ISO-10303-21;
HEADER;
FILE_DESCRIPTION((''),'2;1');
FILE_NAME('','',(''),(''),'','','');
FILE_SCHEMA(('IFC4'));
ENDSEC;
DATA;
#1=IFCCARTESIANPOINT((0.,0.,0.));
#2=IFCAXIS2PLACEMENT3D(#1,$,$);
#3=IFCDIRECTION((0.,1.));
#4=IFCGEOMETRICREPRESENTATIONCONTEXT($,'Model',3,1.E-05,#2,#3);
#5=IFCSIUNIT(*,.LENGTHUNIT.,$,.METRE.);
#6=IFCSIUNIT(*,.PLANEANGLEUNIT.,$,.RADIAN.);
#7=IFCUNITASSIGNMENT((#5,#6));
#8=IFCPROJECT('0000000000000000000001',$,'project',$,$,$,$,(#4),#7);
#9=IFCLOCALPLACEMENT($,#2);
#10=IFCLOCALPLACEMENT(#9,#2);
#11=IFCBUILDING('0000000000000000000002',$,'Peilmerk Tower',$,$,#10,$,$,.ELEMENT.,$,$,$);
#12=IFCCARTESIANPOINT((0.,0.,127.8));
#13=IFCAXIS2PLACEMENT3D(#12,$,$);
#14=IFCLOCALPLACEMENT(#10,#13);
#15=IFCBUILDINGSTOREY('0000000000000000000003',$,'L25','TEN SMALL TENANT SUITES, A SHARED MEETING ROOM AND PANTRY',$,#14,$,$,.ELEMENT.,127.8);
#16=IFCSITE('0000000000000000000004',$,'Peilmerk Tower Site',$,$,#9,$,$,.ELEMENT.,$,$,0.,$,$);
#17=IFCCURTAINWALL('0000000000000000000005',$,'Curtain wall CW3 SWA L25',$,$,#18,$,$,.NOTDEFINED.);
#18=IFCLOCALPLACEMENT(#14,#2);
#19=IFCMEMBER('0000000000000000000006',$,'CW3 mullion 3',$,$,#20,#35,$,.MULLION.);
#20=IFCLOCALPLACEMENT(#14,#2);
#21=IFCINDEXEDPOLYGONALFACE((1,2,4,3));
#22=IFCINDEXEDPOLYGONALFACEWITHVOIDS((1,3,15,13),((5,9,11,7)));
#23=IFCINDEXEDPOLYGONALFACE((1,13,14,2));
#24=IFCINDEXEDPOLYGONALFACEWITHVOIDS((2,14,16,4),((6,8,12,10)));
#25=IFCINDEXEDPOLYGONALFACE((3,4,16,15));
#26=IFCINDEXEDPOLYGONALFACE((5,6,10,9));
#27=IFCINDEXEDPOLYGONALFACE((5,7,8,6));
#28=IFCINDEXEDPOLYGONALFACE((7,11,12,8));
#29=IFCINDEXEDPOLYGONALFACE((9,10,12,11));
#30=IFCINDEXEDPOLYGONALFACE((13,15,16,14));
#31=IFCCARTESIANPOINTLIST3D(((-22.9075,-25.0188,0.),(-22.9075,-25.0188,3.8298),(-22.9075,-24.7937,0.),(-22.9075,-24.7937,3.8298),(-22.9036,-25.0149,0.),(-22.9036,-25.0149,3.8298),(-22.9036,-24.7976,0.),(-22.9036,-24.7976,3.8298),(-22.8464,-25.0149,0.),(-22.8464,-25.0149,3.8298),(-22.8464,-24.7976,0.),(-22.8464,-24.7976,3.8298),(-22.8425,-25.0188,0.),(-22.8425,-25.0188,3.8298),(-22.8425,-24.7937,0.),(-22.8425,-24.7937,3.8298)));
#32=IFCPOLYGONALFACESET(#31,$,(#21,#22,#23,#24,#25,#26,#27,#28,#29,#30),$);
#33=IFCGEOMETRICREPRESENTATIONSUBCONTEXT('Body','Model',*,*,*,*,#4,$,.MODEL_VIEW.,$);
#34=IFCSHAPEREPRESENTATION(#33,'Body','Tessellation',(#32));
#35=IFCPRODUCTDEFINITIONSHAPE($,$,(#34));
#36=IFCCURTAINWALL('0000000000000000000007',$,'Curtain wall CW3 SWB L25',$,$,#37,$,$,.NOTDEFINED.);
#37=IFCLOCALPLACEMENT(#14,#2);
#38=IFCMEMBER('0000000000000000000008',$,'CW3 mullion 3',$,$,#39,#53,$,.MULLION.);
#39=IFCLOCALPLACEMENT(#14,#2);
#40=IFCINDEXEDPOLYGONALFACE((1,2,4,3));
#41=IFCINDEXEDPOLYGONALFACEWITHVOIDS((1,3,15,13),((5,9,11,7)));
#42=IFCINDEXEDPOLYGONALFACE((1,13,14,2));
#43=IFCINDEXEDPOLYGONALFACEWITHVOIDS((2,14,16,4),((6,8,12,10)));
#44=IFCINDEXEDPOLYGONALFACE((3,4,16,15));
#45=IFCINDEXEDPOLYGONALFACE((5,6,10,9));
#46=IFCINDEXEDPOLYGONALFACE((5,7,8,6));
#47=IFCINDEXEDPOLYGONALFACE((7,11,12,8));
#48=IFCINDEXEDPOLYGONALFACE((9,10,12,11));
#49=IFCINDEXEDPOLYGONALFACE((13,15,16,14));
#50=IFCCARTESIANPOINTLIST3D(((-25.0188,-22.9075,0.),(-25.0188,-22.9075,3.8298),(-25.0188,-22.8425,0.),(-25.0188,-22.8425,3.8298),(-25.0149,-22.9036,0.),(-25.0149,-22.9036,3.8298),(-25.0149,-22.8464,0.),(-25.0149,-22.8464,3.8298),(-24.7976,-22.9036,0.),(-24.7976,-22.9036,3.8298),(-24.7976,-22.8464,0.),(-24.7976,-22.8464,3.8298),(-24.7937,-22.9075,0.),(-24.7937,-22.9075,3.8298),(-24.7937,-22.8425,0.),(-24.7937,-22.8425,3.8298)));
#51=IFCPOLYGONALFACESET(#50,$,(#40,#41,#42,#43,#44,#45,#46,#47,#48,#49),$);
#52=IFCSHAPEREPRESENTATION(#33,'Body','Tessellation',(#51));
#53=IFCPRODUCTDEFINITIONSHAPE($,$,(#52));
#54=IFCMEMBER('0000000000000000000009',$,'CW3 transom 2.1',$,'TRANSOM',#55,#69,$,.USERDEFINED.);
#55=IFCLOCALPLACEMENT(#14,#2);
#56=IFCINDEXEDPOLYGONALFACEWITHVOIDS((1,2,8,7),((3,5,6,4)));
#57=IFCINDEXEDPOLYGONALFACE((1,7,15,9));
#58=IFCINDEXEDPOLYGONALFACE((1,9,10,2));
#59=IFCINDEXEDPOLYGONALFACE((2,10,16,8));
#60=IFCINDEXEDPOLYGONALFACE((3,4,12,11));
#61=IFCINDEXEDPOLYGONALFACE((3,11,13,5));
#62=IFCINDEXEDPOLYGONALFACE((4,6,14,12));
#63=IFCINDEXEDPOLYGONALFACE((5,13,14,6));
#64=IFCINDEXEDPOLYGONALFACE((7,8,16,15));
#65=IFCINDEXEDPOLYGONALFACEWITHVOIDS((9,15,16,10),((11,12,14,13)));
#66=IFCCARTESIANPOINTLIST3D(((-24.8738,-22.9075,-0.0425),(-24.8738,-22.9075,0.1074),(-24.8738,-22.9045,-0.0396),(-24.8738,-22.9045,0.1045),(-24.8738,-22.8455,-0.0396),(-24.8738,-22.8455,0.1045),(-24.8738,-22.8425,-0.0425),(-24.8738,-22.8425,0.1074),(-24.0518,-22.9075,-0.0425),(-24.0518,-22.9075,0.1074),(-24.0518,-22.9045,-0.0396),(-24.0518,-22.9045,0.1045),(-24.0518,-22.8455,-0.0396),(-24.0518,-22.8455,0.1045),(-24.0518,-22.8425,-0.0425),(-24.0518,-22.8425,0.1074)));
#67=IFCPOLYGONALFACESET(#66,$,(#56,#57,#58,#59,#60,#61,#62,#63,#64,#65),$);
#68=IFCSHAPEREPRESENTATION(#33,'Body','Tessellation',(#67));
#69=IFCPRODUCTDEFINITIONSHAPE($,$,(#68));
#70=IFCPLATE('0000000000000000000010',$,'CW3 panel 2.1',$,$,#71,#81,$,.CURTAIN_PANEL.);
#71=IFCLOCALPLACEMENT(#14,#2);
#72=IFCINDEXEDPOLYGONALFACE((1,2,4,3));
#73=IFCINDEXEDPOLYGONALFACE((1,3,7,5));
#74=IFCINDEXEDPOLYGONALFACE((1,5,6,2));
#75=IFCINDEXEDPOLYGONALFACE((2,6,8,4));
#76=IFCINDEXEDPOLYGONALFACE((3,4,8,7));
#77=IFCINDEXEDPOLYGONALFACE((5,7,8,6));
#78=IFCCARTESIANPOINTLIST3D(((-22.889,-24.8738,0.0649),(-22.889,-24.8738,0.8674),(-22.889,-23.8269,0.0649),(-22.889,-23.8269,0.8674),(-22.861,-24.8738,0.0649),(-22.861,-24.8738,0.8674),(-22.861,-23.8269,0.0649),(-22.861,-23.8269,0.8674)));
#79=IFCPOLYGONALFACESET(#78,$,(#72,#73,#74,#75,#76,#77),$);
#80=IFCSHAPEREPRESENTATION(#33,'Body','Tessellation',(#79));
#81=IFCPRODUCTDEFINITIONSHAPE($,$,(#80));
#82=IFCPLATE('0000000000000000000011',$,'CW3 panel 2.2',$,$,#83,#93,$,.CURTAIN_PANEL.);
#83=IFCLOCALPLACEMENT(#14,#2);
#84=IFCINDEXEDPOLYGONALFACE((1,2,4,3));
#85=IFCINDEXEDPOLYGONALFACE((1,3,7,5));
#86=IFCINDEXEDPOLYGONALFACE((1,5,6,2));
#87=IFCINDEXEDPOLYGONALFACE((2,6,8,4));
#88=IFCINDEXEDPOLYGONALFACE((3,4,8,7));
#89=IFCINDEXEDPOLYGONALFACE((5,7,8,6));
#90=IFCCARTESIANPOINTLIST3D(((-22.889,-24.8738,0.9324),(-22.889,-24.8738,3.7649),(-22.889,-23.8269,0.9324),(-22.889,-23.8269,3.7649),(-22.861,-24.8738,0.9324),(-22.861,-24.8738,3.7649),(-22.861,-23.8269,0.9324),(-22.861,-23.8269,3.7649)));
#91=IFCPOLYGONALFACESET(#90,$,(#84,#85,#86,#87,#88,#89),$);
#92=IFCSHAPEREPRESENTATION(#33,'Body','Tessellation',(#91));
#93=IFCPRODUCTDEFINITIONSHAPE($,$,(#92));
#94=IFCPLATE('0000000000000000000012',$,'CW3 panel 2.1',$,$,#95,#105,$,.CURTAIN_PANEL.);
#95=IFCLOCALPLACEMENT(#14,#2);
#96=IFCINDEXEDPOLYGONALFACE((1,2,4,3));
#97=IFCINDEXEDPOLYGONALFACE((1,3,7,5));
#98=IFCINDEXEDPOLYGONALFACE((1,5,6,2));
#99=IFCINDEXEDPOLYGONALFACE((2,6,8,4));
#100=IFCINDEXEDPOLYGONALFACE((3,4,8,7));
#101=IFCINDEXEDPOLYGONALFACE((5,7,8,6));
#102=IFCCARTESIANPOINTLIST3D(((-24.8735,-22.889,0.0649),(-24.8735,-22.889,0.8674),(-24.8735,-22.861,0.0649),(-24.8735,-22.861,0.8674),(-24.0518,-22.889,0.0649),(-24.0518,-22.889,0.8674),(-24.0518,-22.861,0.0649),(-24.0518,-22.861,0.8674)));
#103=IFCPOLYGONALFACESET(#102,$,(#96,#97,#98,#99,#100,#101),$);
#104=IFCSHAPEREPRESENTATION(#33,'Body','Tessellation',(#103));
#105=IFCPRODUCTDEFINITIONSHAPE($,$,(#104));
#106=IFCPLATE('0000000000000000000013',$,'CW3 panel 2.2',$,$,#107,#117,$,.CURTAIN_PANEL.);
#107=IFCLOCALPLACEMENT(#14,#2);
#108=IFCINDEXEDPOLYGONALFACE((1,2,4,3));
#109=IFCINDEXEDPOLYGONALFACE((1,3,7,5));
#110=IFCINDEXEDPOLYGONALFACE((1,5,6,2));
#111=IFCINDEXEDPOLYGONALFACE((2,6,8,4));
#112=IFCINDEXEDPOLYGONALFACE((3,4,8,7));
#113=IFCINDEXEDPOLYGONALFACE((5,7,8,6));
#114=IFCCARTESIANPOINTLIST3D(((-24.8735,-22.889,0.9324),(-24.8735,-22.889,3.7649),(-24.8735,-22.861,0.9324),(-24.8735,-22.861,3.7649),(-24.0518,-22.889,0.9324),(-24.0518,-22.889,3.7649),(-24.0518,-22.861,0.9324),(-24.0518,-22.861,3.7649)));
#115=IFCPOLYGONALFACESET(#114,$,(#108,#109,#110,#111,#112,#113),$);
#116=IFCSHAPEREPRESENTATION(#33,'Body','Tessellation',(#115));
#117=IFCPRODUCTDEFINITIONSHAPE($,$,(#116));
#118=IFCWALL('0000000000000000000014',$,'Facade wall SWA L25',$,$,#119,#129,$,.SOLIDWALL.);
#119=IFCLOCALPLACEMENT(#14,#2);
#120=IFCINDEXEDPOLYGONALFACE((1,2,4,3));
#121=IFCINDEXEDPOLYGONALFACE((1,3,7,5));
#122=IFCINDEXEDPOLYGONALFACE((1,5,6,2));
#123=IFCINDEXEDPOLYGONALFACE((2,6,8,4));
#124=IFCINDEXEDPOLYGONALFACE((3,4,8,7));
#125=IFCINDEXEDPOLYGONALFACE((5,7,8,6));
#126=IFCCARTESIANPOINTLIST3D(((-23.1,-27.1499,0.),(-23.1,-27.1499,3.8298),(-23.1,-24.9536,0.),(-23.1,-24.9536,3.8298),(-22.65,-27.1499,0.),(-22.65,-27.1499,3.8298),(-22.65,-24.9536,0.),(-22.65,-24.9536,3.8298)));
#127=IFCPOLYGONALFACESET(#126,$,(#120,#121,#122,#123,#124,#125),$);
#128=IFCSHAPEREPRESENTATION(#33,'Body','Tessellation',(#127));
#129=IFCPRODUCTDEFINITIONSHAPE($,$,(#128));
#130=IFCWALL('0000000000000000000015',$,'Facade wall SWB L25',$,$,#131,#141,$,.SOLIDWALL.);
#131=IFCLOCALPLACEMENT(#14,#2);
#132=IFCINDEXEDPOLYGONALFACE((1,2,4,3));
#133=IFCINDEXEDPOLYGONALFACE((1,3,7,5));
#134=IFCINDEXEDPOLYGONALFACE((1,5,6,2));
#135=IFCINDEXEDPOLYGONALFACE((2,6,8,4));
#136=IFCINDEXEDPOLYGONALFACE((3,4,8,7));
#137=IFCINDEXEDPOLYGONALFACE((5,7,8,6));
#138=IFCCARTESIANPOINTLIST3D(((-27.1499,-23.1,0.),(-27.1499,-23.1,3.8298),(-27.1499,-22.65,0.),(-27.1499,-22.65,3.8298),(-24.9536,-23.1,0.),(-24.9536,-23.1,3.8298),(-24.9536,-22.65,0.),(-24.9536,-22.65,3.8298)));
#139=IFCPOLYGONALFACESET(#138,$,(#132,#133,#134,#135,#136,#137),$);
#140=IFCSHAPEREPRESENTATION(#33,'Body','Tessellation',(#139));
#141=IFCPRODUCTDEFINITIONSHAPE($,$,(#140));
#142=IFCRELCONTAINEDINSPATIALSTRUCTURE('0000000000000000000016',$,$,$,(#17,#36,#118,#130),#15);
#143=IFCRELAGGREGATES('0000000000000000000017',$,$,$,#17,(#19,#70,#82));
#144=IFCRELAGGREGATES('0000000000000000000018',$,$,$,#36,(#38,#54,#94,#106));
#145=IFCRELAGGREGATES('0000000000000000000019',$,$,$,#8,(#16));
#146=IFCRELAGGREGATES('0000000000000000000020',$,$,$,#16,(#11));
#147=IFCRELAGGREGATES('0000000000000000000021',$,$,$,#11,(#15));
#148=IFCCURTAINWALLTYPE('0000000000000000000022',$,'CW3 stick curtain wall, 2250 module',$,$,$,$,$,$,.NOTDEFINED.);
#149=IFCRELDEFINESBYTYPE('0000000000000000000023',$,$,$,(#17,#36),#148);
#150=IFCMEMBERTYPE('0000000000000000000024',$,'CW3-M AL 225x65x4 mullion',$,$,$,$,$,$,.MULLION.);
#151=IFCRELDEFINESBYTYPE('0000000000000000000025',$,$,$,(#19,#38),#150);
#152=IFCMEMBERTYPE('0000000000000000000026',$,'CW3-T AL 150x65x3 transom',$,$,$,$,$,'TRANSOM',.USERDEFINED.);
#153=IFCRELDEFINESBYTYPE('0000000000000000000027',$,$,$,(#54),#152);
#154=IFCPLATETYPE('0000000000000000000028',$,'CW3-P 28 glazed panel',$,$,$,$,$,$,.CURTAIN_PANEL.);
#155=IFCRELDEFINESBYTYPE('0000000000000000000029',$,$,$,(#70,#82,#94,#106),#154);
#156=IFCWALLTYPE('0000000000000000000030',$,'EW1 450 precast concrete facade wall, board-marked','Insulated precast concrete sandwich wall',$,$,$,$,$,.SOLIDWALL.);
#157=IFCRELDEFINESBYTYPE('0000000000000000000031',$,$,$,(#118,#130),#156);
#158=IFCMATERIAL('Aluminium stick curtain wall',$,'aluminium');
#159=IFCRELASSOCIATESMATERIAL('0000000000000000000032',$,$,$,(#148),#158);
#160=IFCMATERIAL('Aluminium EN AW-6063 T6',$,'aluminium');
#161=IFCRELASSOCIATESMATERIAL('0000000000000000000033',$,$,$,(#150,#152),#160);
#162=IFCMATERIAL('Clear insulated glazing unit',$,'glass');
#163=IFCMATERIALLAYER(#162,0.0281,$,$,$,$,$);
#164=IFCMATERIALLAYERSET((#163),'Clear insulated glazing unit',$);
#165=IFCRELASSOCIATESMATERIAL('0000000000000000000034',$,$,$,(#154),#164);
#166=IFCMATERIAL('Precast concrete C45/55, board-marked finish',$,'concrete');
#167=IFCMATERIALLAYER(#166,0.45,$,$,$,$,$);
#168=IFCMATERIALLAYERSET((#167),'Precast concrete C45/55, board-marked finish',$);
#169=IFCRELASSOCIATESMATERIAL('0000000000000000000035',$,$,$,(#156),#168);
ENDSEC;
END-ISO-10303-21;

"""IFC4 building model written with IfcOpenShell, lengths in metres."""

from ifc_helpers import new_model, si_unit, direction, frame, frame_2d, origin, origin_2d, place, context, subcontext, project, spatial, rectangle, hollow_rectangle, extrude, material, layer, layer_set, material_profile, profile_set, type_object, element, aggregate, save


model = new_model("IFC4")

# Units and contexts
model_context = context("Model", 3, precision=1e-05, world=origin(), true_north=direction((0.0, 1.0)))
body_context = subcontext(model_context, "Body", "Model", "MODEL_VIEW")
ifc_project = project(units=[si_unit("LENGTHUNIT", "METRE"), si_unit("PLANEANGLEUNIT", "RADIAN")], contexts=[model_context])

# Site, building, storey
site_placement = place(None, origin())
site = spatial("IfcSite", under=ifc_project, at=site_placement, Name="Peilmerk Tower Site", CompositionType="ELEMENT", RefElevation=0.0)
building_placement = place(site_placement, origin())
building = spatial("IfcBuilding", under=site, at=building_placement, Name="Peilmerk Tower", CompositionType="ELEMENT")
storey_placement = place(building_placement, frame((0.0, 0.0, 127.8)))
storey = spatial("IfcBuildingStorey", under=building, at=storey_placement, Name="L25", Description="TEN SMALL TENANT SUITES, A SHARED MEETING ROOM AND PANTRY", CompositionType="ELEMENT", Elevation=127.8)

# Curtain wall, member
ifc_material_1 = material(Name="Aluminium stick curtain wall", Category="aluminium")
curtain_wall_type = type_object("IfcCurtainWallType", Name="CW3 stick curtain wall, 2250 module", PredefinedType="NOTDEFINED", material=ifc_material_1)
curtain_wall_1_placement = place(storey_placement, origin())
curtain_wall_1 = element("IfcCurtainWall", 1, at=curtain_wall_1_placement, inside=storey, type_object=curtain_wall_type, Name="Curtain wall CW3 SWA L25", PredefinedType="NOTDEFINED")
ifc_material_2 = material(Name="Aluminium EN AW-6063 T6", Category="aluminium")
ifc_material_profile_1 = material_profile(ifc_material_2, hollow_rectangle(XDim=0.0649, YDim=0.2251, WallThickness=0.0039, at=origin_2d()), Name="AL 225x65x4")
ifc_profile_set_1 = profile_set([ifc_material_profile_1], Name="Aluminium EN AW-6063 T6")
member_type_1 = type_object("IfcMemberType", Name="CW3-M AL 225x65x4 mullion", PredefinedType="MULLION", material=ifc_profile_set_1)
member_1_placement = place(storey_placement, frame((-22.875, -24.9062, 0.0), z_axis=(0.0, 0.0, 1.0), x_axis=(1.0, 0.0, 0.0)))
member_1 = element("IfcMember", 2, at=member_1_placement, type_object=member_type_1, Name="CW3 mullion 3", PredefinedType="MULLION", context=body_context, shape_type="SweptSolid", body=[
    extrude(hollow_rectangle(XDim=0.0649, YDim=0.2251, WallThickness=0.0039, at=origin_2d()), origin(), (0.0, 0.0, 1.0), 3.8298),
])

# Curtain wall, members
curtain_wall_2_placement = place(storey_placement, origin())
curtain_wall_2 = element("IfcCurtainWall", 3, at=curtain_wall_2_placement, inside=storey, type_object=curtain_wall_type, Name="Curtain wall CW3 SWB L25", PredefinedType="NOTDEFINED")
member_2_placement = place(storey_placement, frame((-24.9062, -22.875, 0.0), z_axis=(0.0, 0.0, 1.0), x_axis=(0.0, -1.0, 0.0)))
member_2 = element("IfcMember", 4, at=member_2_placement, type_object=member_type_1, Name="CW3 mullion 3", PredefinedType="MULLION", context=body_context, shape_type="SweptSolid", body=[
    extrude(hollow_rectangle(XDim=0.0649, YDim=0.2251, WallThickness=0.0039, at=origin_2d()), origin(), (0.0, 0.0, 1.0), 3.8298),
])
ifc_material_profile_2 = material_profile(ifc_material_2, hollow_rectangle(XDim=0.0649, YDim=0.1499, WallThickness=0.0029, at=origin_2d()), Name="AL 150x65x3")
ifc_profile_set_2 = profile_set([ifc_material_profile_2], Name="Aluminium EN AW-6063 T6")
member_type_2 = type_object("IfcMemberType", Name="CW3-T AL 150x65x3 transom", ElementType="TRANSOM", PredefinedType="USERDEFINED", material=ifc_profile_set_2)
member_3_placement = place(storey_placement, frame((-24.0518, -22.875, 0.0325), z_axis=(-1.0, 0.0, 0.0), x_axis=(0.0, -1.0, 0.0)))
member_3 = element("IfcMember", 5, at=member_3_placement, type_object=member_type_2, Name="CW3 transom 2.1", ObjectType="TRANSOM", PredefinedType="USERDEFINED", context=body_context, shape_type="SweptSolid", body=[
    extrude(hollow_rectangle(XDim=0.0649, YDim=0.1499, WallThickness=0.0029, at=origin_2d()), origin(), (0.0, 0.0, 1.0), 0.822),
])

# Plates
ifc_material_3 = material(Name="Clear insulated glazing unit", Category="glass")
ifc_layer_1 = layer(ifc_material_3, 0.0281)
ifc_layer_set_1 = layer_set([ifc_layer_1], Name="Clear insulated glazing unit")
plate_type = type_object("IfcPlateType", Name="CW3-P 28 glazed panel", PredefinedType="CURTAIN_PANEL", material=ifc_layer_set_1)
plate_1_placement = place(storey_placement, frame((-22.875, -24.3503, 0.0649), z_axis=(0.0, 0.0, 1.0), x_axis=(0.0, -1.0, 0.0)))
plate_1 = element("IfcPlate", 6, at=plate_1_placement, type_object=plate_type, Name="CW3 panel 2.1", PredefinedType="CURTAIN_PANEL", context=body_context, shape_type="SweptSolid", body=[
    extrude(rectangle(XDim=1.0469, YDim=0.0281, at=origin_2d()), origin(), (0.0, 0.0, 1.0), 0.8025),
])
plate_2_placement = place(storey_placement, frame((-22.875, -24.3503, 0.9324), z_axis=(0.0, 0.0, 1.0), x_axis=(0.0, -1.0, 0.0)))
plate_2 = element("IfcPlate", 7, at=plate_2_placement, type_object=plate_type, Name="CW3 panel 2.2", PredefinedType="CURTAIN_PANEL", context=body_context, shape_type="SweptSolid", body=[
    extrude(rectangle(XDim=1.0469, YDim=0.0281, at=origin_2d()), origin(), (0.0, 0.0, 1.0), 2.8325),
])
aggregate(curtain_wall_1, [member_1, plate_1, plate_2])
plate_3_placement = place(storey_placement, frame((-24.4626, -22.875, 0.0649), z_axis=(0.0, 0.0, 1.0), x_axis=(-1.0, 0.0, 0.0)))
plate_3 = element("IfcPlate", 8, at=plate_3_placement, type_object=plate_type, Name="CW3 panel 2.1", PredefinedType="CURTAIN_PANEL", context=body_context, shape_type="SweptSolid", body=[
    extrude(rectangle(XDim=0.8218, YDim=0.0281, at=origin_2d()), origin(), (0.0, 0.0, 1.0), 0.8025),
])
plate_4_placement = place(storey_placement, frame((-24.4626, -22.875, 0.9324), z_axis=(0.0, 0.0, 1.0), x_axis=(-1.0, 0.0, 0.0)))
plate_4 = element("IfcPlate", 9, at=plate_4_placement, type_object=plate_type, Name="CW3 panel 2.2", PredefinedType="CURTAIN_PANEL", context=body_context, shape_type="SweptSolid", body=[
    extrude(rectangle(XDim=0.8218, YDim=0.0281, at=origin_2d()), origin(), (0.0, 0.0, 1.0), 2.8325),
])
aggregate(curtain_wall_2, [member_2, member_3, plate_3, plate_4])

# Shared definitions
ifc_material_4 = material(Name="Precast concrete C45/55, board-marked finish", Category="concrete")
ifc_layer_2 = layer(ifc_material_4, 0.45)
ifc_layer_set_2 = layer_set([ifc_layer_2], Name="Precast concrete C45/55, board-marked finish")
wall_type = type_object("IfcWallType", Name="EW1 450 precast concrete facade wall, board-marked", Description="Insulated precast concrete sandwich wall", PredefinedType="SOLIDWALL", material=ifc_layer_set_2)

# Walls
for number, where, z_axis, x_axis, name in (
    (10, (-22.875, -24.9536, 0.0), (0.0, 0.0, 1.0), (0.0, -1.0, 0.0), "Facade wall SWA L25"),
    (11, (-24.9536, -22.875, 0.0), (0.0, 0.0, 1.0), (-1.0, 0.0, 0.0), "Facade wall SWB L25"),
):
    element("IfcWall", number, at=place(storey_placement, frame(where, z_axis=z_axis, x_axis=x_axis)), inside=storey, type_object=wall_type, Name=name, PredefinedType="SOLIDWALL", context=body_context, shape_type="SweptSolid", body=[
        extrude(rectangle(XDim=2.1963, YDim=0.45, at=frame_2d((1.0981, 0.0))), origin(), (0.0, 0.0, 1.0), 3.8298),
    ])

save(model, "model.ifc")
